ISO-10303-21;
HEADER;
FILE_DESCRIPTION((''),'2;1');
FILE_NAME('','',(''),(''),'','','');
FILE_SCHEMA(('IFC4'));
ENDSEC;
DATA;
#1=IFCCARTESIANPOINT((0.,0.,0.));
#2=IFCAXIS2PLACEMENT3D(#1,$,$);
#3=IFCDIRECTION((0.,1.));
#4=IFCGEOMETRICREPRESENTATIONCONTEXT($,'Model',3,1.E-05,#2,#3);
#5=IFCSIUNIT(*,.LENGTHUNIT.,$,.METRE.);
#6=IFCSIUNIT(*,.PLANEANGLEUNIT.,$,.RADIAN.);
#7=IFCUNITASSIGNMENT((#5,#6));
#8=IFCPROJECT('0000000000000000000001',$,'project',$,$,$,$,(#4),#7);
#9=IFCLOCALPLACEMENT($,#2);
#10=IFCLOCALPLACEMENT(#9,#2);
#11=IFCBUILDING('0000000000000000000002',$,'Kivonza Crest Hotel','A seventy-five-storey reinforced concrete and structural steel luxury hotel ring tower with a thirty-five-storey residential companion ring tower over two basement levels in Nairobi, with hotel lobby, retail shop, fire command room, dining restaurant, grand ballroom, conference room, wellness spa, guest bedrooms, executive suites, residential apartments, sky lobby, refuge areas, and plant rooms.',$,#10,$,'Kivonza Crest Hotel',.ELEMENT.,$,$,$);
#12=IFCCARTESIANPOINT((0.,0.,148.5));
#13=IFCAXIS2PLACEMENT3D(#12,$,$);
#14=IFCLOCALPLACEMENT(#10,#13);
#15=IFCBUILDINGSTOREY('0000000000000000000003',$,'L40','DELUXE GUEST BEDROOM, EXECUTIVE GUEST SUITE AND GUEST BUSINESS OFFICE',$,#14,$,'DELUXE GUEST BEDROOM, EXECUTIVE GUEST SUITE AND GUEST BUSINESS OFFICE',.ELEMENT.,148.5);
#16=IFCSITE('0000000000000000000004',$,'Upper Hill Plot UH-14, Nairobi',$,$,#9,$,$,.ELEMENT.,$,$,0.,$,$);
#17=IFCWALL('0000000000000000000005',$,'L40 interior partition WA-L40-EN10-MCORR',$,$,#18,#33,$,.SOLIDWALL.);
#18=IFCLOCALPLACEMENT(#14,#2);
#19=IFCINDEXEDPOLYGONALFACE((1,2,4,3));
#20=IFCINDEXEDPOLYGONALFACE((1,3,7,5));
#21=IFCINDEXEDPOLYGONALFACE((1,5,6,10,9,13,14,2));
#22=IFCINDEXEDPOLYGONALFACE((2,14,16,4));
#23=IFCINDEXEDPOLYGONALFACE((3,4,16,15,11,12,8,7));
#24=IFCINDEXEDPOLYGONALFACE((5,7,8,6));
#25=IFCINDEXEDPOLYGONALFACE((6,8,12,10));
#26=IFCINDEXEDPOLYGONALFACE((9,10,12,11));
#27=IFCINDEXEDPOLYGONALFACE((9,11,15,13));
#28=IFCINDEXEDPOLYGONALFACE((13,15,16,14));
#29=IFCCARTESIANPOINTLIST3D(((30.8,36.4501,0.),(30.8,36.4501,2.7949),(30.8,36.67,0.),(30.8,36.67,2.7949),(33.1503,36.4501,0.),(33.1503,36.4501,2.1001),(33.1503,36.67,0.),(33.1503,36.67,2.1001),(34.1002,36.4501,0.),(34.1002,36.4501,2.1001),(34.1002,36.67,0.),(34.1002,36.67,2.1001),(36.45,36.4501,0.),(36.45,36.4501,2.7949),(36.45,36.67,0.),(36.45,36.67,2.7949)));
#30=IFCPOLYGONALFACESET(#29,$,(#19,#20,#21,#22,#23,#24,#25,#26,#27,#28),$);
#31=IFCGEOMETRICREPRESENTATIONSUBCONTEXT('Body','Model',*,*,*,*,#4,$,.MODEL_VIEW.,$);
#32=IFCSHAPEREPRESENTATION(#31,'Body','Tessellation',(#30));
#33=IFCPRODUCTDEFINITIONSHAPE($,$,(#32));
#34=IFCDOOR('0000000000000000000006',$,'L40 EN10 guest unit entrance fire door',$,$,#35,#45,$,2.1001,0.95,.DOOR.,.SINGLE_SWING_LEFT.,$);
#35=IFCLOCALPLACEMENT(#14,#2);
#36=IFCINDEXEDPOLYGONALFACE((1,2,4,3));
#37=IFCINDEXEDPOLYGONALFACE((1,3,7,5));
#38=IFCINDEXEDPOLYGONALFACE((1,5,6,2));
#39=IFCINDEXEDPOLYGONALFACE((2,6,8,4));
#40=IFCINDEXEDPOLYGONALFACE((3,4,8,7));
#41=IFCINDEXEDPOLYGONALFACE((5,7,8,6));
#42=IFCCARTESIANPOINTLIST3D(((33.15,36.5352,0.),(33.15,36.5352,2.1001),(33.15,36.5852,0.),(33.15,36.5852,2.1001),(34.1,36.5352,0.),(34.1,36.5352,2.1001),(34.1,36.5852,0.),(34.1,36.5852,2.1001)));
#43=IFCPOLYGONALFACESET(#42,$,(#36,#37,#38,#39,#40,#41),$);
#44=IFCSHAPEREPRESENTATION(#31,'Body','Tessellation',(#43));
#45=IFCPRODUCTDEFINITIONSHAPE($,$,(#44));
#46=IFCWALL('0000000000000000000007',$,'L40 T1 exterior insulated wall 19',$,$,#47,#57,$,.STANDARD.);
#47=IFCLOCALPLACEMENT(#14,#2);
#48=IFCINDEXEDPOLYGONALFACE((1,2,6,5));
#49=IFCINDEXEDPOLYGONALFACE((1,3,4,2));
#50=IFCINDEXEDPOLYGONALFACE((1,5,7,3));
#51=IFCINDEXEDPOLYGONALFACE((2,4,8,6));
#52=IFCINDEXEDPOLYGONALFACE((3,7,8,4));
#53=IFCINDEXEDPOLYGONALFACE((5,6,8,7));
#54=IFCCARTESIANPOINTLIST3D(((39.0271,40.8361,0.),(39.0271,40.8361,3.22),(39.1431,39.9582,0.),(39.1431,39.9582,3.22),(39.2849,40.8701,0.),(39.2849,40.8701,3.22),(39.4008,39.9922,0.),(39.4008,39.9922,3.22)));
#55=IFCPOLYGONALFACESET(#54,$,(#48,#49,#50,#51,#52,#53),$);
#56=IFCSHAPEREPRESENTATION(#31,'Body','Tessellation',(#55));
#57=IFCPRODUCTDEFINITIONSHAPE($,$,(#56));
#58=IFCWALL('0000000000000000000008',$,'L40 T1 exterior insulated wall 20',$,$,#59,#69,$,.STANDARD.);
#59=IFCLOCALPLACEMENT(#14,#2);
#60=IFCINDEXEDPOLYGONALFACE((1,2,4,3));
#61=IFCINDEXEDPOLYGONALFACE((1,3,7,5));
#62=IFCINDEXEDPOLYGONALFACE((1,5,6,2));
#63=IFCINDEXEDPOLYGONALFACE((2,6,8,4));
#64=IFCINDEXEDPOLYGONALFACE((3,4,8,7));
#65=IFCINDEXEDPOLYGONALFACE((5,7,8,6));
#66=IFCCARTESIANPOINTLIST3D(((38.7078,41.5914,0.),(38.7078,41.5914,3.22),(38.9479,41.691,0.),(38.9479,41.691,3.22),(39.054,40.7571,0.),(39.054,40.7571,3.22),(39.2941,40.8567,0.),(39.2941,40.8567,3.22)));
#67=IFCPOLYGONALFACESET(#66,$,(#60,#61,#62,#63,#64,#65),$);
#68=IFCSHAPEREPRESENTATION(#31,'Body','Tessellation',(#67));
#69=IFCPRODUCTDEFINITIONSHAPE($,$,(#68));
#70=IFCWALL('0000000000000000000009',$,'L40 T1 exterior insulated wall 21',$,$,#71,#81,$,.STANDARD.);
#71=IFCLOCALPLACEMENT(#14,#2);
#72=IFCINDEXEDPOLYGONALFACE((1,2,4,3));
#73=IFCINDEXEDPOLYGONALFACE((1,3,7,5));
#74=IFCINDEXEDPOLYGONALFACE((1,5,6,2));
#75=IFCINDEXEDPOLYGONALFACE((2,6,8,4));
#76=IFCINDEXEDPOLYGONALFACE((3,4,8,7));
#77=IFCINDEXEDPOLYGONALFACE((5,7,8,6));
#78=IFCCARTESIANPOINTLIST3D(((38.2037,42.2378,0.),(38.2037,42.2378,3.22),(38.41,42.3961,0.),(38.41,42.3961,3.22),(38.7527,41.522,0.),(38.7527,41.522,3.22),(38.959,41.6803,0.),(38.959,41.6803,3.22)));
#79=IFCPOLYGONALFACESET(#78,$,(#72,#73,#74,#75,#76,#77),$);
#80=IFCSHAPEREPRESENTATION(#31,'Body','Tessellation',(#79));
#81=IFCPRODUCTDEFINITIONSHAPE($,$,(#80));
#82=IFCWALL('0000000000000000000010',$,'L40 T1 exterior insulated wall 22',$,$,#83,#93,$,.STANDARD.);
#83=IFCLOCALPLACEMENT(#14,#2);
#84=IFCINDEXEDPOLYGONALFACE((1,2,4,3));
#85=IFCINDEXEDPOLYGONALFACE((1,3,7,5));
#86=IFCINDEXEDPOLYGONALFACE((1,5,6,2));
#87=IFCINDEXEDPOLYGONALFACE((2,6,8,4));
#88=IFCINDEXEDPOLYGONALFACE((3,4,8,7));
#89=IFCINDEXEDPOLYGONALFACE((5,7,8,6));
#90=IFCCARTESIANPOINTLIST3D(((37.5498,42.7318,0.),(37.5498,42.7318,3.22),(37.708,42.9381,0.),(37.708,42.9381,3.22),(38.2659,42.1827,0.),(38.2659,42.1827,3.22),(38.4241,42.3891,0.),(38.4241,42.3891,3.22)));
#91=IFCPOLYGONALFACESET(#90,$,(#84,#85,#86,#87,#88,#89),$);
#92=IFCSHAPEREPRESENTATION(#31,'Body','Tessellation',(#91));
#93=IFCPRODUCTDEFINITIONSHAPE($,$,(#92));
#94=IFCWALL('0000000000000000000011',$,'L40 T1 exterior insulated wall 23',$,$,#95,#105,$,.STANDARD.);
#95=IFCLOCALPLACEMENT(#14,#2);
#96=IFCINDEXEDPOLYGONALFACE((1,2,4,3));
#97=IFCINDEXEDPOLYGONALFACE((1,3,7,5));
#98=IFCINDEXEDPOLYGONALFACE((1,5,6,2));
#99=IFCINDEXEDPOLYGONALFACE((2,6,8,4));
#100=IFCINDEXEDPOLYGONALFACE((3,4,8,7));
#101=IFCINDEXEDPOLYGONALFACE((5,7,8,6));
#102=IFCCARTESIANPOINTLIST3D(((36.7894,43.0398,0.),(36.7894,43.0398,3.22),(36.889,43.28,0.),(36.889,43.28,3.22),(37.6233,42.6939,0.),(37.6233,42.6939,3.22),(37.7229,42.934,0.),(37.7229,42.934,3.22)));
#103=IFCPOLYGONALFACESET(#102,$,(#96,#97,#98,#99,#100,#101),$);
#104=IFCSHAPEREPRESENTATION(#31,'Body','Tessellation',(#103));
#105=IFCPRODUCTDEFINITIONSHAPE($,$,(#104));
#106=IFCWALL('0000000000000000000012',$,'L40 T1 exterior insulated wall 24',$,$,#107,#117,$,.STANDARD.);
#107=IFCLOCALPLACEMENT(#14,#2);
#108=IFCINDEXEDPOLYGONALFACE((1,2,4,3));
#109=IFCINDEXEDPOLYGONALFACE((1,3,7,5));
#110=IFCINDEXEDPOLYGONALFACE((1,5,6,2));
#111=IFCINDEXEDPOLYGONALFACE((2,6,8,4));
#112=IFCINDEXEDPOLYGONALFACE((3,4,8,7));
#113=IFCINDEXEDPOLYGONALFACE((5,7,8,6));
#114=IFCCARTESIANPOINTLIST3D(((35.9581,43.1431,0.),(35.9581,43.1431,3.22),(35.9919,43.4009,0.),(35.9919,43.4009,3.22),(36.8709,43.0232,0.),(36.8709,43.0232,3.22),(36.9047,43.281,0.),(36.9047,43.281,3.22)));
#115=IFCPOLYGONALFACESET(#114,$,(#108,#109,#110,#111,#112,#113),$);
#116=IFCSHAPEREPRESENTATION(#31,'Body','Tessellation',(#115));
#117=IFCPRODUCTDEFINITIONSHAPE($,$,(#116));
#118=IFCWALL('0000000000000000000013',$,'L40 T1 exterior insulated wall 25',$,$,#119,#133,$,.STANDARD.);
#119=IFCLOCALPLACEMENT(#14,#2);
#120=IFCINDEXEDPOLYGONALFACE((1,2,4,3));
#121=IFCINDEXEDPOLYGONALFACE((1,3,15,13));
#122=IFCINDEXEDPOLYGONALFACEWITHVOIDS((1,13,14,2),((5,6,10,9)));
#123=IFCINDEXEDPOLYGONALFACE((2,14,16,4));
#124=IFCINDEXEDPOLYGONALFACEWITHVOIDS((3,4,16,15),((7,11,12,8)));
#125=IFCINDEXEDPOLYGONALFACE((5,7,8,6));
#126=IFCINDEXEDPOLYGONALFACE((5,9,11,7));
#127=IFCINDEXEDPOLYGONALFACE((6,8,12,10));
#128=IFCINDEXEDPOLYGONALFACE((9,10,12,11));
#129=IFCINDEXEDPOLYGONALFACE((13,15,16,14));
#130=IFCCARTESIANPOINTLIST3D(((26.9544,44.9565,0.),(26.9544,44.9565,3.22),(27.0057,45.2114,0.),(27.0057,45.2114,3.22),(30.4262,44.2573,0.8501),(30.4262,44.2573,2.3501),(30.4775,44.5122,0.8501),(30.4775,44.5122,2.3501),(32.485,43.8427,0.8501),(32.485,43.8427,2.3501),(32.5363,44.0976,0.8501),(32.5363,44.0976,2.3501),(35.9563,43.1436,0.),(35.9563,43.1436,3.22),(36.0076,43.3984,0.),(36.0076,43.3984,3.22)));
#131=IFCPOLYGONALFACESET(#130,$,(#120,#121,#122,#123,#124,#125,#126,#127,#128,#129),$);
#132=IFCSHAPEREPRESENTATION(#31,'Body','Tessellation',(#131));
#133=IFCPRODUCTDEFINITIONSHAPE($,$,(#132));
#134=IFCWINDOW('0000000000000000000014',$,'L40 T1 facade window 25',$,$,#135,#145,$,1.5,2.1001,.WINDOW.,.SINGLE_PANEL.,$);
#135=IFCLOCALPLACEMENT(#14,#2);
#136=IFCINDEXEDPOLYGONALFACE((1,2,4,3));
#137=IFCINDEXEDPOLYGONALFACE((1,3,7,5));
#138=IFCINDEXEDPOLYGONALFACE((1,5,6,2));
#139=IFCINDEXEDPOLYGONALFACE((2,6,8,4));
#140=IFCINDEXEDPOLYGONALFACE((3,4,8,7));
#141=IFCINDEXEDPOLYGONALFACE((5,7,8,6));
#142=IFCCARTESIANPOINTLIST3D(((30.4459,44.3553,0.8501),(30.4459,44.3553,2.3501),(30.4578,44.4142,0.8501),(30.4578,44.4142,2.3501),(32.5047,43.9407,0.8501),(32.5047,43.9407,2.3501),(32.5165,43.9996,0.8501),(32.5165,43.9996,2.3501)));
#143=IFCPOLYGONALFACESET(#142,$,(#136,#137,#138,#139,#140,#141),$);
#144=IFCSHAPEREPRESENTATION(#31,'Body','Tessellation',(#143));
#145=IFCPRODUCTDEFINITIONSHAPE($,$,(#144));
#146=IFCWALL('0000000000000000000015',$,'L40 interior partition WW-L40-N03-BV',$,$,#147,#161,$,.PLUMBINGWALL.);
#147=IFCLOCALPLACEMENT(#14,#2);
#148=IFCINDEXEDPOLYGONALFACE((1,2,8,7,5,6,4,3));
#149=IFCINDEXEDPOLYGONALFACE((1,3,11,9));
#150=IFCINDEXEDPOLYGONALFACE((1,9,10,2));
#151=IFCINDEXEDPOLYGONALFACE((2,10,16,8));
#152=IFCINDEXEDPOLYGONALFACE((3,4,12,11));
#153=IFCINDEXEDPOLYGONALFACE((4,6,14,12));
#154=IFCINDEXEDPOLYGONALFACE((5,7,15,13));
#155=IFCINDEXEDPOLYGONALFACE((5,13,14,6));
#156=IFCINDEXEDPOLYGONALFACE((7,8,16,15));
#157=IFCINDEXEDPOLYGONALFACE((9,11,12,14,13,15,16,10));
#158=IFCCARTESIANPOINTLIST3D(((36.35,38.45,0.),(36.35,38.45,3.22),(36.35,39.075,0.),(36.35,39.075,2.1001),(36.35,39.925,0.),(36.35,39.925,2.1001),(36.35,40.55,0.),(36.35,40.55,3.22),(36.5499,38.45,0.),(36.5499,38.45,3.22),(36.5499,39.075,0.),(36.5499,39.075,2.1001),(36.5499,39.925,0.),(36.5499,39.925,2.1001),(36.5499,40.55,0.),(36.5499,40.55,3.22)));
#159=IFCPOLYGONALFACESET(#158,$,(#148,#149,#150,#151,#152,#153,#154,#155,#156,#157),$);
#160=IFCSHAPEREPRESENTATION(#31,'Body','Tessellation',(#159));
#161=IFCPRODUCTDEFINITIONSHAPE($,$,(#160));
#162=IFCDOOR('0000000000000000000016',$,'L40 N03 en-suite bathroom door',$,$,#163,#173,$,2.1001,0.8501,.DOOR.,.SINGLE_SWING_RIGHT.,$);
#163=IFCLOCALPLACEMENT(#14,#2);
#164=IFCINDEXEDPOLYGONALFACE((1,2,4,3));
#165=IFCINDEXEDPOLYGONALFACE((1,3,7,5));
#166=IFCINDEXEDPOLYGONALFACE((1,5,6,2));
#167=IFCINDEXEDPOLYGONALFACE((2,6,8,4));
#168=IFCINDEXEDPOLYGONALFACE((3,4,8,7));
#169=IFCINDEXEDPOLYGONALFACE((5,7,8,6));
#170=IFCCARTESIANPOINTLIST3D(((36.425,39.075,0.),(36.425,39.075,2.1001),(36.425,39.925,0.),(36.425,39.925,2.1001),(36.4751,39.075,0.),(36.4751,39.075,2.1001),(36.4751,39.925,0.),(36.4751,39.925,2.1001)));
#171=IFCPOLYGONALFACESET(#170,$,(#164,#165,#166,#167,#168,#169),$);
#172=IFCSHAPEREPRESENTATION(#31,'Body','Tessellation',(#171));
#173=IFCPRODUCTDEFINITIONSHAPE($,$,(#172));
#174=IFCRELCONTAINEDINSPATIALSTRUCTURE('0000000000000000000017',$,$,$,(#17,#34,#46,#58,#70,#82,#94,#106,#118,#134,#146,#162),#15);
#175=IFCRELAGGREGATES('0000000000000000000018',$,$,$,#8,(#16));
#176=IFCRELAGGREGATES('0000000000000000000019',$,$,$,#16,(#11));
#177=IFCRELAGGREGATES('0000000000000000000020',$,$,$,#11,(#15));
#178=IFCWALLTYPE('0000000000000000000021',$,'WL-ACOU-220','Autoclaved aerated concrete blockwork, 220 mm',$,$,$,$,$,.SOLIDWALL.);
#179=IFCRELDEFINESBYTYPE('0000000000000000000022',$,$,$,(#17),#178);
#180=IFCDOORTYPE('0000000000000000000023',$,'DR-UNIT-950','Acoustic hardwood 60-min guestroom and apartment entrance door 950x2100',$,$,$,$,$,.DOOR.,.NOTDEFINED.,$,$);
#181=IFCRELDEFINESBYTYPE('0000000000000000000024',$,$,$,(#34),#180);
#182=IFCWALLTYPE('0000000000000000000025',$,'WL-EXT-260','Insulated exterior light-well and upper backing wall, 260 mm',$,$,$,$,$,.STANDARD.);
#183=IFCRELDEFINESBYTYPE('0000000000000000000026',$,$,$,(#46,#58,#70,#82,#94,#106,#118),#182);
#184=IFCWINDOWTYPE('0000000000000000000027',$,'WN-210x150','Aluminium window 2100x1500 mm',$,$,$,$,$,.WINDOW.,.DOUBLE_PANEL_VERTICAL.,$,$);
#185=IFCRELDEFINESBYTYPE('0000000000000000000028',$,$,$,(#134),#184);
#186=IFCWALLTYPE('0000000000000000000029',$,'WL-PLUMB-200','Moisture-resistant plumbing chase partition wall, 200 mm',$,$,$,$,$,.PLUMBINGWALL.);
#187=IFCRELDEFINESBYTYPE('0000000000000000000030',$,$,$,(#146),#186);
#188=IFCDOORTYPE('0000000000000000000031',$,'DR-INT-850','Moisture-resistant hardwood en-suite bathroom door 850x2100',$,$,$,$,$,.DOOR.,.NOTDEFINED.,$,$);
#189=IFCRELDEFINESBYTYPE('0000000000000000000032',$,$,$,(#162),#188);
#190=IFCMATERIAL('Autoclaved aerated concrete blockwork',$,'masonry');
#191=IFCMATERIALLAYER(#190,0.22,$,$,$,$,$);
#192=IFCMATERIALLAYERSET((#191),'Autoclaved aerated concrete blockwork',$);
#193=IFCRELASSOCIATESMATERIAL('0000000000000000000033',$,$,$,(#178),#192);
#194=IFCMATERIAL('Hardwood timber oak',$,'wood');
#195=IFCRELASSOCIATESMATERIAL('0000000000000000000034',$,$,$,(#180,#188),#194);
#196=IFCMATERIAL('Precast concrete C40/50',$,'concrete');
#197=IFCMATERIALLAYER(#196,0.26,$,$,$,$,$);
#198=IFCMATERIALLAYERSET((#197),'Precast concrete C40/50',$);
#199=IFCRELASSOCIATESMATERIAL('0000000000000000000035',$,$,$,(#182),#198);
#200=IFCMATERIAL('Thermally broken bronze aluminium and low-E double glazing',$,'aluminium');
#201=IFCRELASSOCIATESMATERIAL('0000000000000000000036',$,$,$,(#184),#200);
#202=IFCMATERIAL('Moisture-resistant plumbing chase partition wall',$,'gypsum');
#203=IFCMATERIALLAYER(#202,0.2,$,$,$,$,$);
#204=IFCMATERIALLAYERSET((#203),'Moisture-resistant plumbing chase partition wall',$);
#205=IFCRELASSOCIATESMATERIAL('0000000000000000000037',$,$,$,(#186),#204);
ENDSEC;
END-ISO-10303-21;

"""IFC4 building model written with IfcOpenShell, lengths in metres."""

from ifc_helpers import new_model, si_unit, direction, frame, frame_2d, origin, place, context, subcontext, project, spatial, rectangle, extrude, material, layer, layer_set, type_object, element, fill, save


model = new_model("IFC4")

# Units and contexts
model_context = context("Model", 3, precision=1e-05, world=origin(), true_north=direction((0.0, 1.0)))
body_context = subcontext(model_context, "Body", "Model", "MODEL_VIEW")
ifc_project = project(units=[si_unit("LENGTHUNIT", "METRE"), si_unit("PLANEANGLEUNIT", "RADIAN")], contexts=[model_context])

# Site, building, storey
site_placement = place(None, origin())
site = spatial("IfcSite", under=ifc_project, at=site_placement, Name="Upper Hill Plot UH-14, Nairobi", CompositionType="ELEMENT", RefElevation=0.0)
building_placement = place(site_placement, origin())
building = spatial("IfcBuilding", under=site, at=building_placement, Name="Kivonza Crest Hotel", Description="A seventy-five-storey reinforced concrete and structural steel luxury hotel ring tower with a thirty-five-storey residential companion ring tower over two basement levels in Nairobi, with hotel lobby, retail shop, fire command room, dining restaurant, grand ballroom, conference room, wellness spa, guest bedrooms, executive suites, residential apartments, sky lobby, refuge areas, and plant rooms.", LongName="Kivonza Crest Hotel", CompositionType="ELEMENT")
storey_placement = place(building_placement, frame((0.0, 0.0, 148.5)))
storey = spatial("IfcBuildingStorey", under=building, at=storey_placement, Name="L40", Description="DELUXE GUEST BEDROOM, EXECUTIVE GUEST SUITE AND GUEST BUSINESS OFFICE", LongName="DELUXE GUEST BEDROOM, EXECUTIVE GUEST SUITE AND GUEST BUSINESS OFFICE", CompositionType="ELEMENT", Elevation=148.5)

# Shared definitions
ifc_material_1 = material(Name="Autoclaved aerated concrete blockwork", Category="masonry")
ifc_layer_1 = layer(ifc_material_1, 0.22)
ifc_layer_set_1 = layer_set([ifc_layer_1], Name="Autoclaved aerated concrete blockwork")
wall_type_1 = type_object("IfcWallType", Name="WL-ACOU-220", Description="Autoclaved aerated concrete blockwork, 220 mm", PredefinedType="SOLIDWALL", material=ifc_layer_set_1)

# Wall, opening, door
wall_1_placement = place(storey_placement, frame((30.8, 36.5601, 0.0), z_axis=(0.0, 0.0, 1.0), x_axis=(1.0, 0.0, 0.0)))
wall_1 = element("IfcWall", 1, at=wall_1_placement, inside=storey, type_object=wall_type_1, Name="L40 interior partition WA-L40-EN10-MCORR", PredefinedType="SOLIDWALL", context=body_context, shape_type="SweptSolid", body=[
    extrude(rectangle(XDim=5.6499, YDim=0.22, at=frame_2d((2.825, 0.0))), origin(), (0.0, 0.0, 1.0), 2.7949),
])
opening_1_placement = place(wall_1_placement, frame((2.3501, 0.0, 0.0)))
opening_1 = element("IfcOpeningElement", 2, at=opening_1_placement, cuts=wall_1, PredefinedType="OPENING", context=body_context, shape_type="SweptSolid", body=[
    extrude(rectangle(XDim=0.95, YDim=2.1001, at=frame_2d((0.4751, 1.05))), frame((0.0, 0.1201, 0.0), z_axis=(0.0, -1.0, 0.0), x_axis=(1.0, 0.0, 0.0)), (0.0, 0.0, 1.0), 0.24),
])
ifc_material_2 = material(Name="Hardwood timber oak", Category="wood")
door_type_1 = type_object("IfcDoorType", Name="DR-UNIT-950", Description="Acoustic hardwood 60-min guestroom and apartment entrance door 950x2100", OperationType="NOTDEFINED", PredefinedType="DOOR", material=ifc_material_2)
door_1_placement = place(opening_1_placement, frame((0.95, 0.0, 0.0), z_axis=(0.0, 0.0, 1.0), x_axis=(-1.0, 0.0, 0.0)))
door_1 = element("IfcDoor", 3, at=door_1_placement, inside=storey, type_object=door_type_1, Name="L40 EN10 guest unit entrance fire door", OperationType="SINGLE_SWING_LEFT", OverallHeight=2.1001, OverallWidth=0.95, PredefinedType="DOOR", context=body_context, shape_type="SweptSolid", body=[
    extrude(rectangle(XDim=0.95, YDim=2.1001, at=frame_2d((0.4751, 1.05))), frame((0.0, 0.0249, 0.0), z_axis=(0.0, -1.0, 0.0), x_axis=(1.0, 0.0, 0.0)), (0.0, 0.0, 1.0), 0.05),
])
fill(opening_1, door_1)

# Walls
ifc_material_3 = material(Name="Precast concrete C40/50", Category="concrete")
ifc_layer_2 = layer(ifc_material_3, 0.26)
ifc_layer_set_2 = layer_set([ifc_layer_2], Name="Precast concrete C40/50")
wall_type_2 = type_object("IfcWallType", Name="WL-EXT-260", Description="Insulated exterior light-well and upper backing wall, 260 mm", PredefinedType="STANDARD", material=ifc_layer_set_2)
wall_2_placement = place(storey_placement, frame((39.272, 39.9751, 0.0), z_axis=(0.0, 0.0, 1.0), x_axis=(-0.130954, 0.991388, 0.0)))
element("IfcWall", 4, at=wall_2_placement, inside=storey, type_object=wall_type_2, Name="L40 T1 exterior insulated wall 19", PredefinedType="STANDARD", context=body_context, shape_type="SweptSolid", body=[
    extrude(rectangle(XDim=0.8855, YDim=0.26, at=frame_2d((0.4429, 0.0))), origin(), (0.0, 0.0, 1.0), 3.22),
])
wall_3_placement = place(storey_placement, frame((39.1741, 40.8069, 0.0), z_axis=(0.0, 0.0, 1.0), x_axis=(-0.383291, 0.923628, 0.0)))
element("IfcWall", 5, at=wall_3_placement, inside=storey, type_object=wall_type_2, Name="L40 T1 exterior insulated wall 20", PredefinedType="STANDARD", context=body_context, shape_type="SweptSolid", body=[
    extrude(rectangle(XDim=0.9033, YDim=0.26, at=frame_2d((0.4517, 0.0))), origin(), (0.0, 0.0, 1.0), 3.22),
])
wall_4_placement = place(storey_placement, frame((38.856, 41.6011, 0.0), z_axis=(0.0, 0.0, 1.0), x_axis=(-0.608625, 0.793458, 0.0)))
element("IfcWall", 6, at=wall_4_placement, inside=storey, type_object=wall_type_2, Name="L40 T1 exterior insulated wall 21", PredefinedType="STANDARD", context=body_context, shape_type="SweptSolid", body=[
    extrude(rectangle(XDim=0.9021, YDim=0.26, at=frame_2d((0.4512, 0.0))), origin(), (0.0, 0.0, 1.0), 3.22),
])
wall_5_placement = place(storey_placement, frame((38.345, 42.2859, 0.0), z_axis=(0.0, 0.0, 1.0), x_axis=(-0.793558, 0.608494, 0.0)))
element("IfcWall", 7, at=wall_5_placement, inside=storey, type_object=wall_type_2, Name="L40 T1 exterior insulated wall 22", PredefinedType="STANDARD", context=body_context, shape_type="SweptSolid", body=[
    extrude(rectangle(XDim=0.9023, YDim=0.26, at=frame_2d((0.4512, 0.0))), origin(), (0.0, 0.0, 1.0), 3.22),
])
wall_6_placement = place(storey_placement, frame((37.6731, 42.814, 0.0), z_axis=(0.0, 0.0, 1.0), x_axis=(-0.923684, 0.383156, 0.0)))
element("IfcWall", 8, at=wall_6_placement, inside=storey, type_object=wall_type_2, Name="L40 T1 exterior insulated wall 23", PredefinedType="STANDARD", context=body_context, shape_type="SweptSolid", body=[
    extrude(rectangle(XDim=0.9028, YDim=0.26, at=frame_2d((0.4514, 0.0))), origin(), (0.0, 0.0, 1.0), 3.22),
])
wall_7_placement = place(storey_placement, frame((36.8879, 43.1521, 0.0), z_axis=(0.0, 0.0, 1.0), x_axis=(-0.991488, 0.130201, 0.0)))
element("IfcWall", 9, at=wall_7_placement, inside=storey, type_object=wall_type_2, Name="L40 T1 exterior insulated wall 24", PredefinedType="STANDARD", context=body_context, shape_type="SweptSolid", body=[
    extrude(rectangle(XDim=0.9207, YDim=0.26, at=frame_2d((0.4604, 0.0))), origin(), (0.0, 0.0, 1.0), 3.22),
])

# Wall, opening, window
wall_8_placement = place(storey_placement, frame((35.9819, 43.271, 0.0), z_axis=(0.0, 0.0, 1.0), x_axis=(-0.980316, 0.197435, 0.0)))
wall_8 = element("IfcWall", 10, at=wall_8_placement, inside=storey, type_object=wall_type_2, Name="L40 T1 exterior insulated wall 25", PredefinedType="STANDARD", context=body_context, shape_type="SweptSolid", body=[
    extrude(rectangle(XDim=9.1826, YDim=0.26, at=frame_2d((4.5913, 0.0))), origin(), (0.0, 0.0, 1.0), 3.22),
])
opening_2_placement = place(wall_8_placement, frame((3.541, 0.0, 0.8501)))
opening_2 = element("IfcOpeningElement", 11, at=opening_2_placement, cuts=wall_8, PredefinedType="OPENING", context=body_context, shape_type="SweptSolid", body=[
    extrude(rectangle(XDim=2.1001, YDim=1.5, at=frame_2d((1.05, 0.75))), frame((0.0, 0.1401, 0.0), z_axis=(0.0, -1.0, 0.0), x_axis=(1.0, 0.0, 0.0)), (0.0, 0.0, 1.0), 0.28),
])
ifc_material_4 = material(Name="Thermally broken bronze aluminium and low-E double glazing", Category="aluminium")
window_type = type_object("IfcWindowType", Name="WN-210x150", Description="Aluminium window 2100x1500 mm", PartitioningType="DOUBLE_PANEL_VERTICAL", PredefinedType="WINDOW", material=ifc_material_4)
window_placement = place(opening_2_placement, origin())
window = element("IfcWindow", 12, at=window_placement, inside=storey, type_object=window_type, Name="L40 T1 facade window 25", OverallHeight=1.5, OverallWidth=2.1001, PartitioningType="SINGLE_PANEL", PredefinedType="WINDOW", context=body_context, shape_type="SweptSolid", body=[
    extrude(rectangle(XDim=2.1001, YDim=1.5, at=frame_2d((1.05, 0.75))), frame((0.0, 0.03, 0.0), z_axis=(0.0, -1.0, 0.0), x_axis=(1.0, 0.0, 0.0)), (0.0, 0.0, 1.0), 0.0601),
])
fill(opening_2, window)

# Wall, opening, door
ifc_material_5 = material(Name="Moisture-resistant plumbing chase partition wall", Category="gypsum")
ifc_layer_3 = layer(ifc_material_5, 0.2)
ifc_layer_set_3 = layer_set([ifc_layer_3], Name="Moisture-resistant plumbing chase partition wall")
wall_type_3 = type_object("IfcWallType", Name="WL-PLUMB-200", Description="Moisture-resistant plumbing chase partition wall, 200 mm", PredefinedType="PLUMBINGWALL", material=ifc_layer_set_3)
wall_9_placement = place(storey_placement, frame((36.45, 38.45, 0.0), z_axis=(0.0, 0.0, 1.0), x_axis=(0.0, 1.0, 0.0)))
wall_9 = element("IfcWall", 13, at=wall_9_placement, inside=storey, type_object=wall_type_3, Name="L40 interior partition WW-L40-N03-BV", PredefinedType="PLUMBINGWALL", context=body_context, shape_type="SweptSolid", body=[
    extrude(rectangle(XDim=2.1001, YDim=0.2, at=frame_2d((1.05, 0.0))), origin(), (0.0, 0.0, 1.0), 3.22),
])
opening_3_placement = place(wall_9_placement, frame((0.625, 0.0, 0.0)))
opening_3 = element("IfcOpeningElement", 14, at=opening_3_placement, cuts=wall_9, PredefinedType="OPENING", context=body_context, shape_type="SweptSolid", body=[
    extrude(rectangle(XDim=0.8501, YDim=2.1001, at=frame_2d((0.425, 1.05))), frame((0.0, 0.1099, 0.0), z_axis=(0.0, -1.0, 0.0), x_axis=(1.0, 0.0, 0.0)), (0.0, 0.0, 1.0), 0.22),
])
door_type_2 = type_object("IfcDoorType", Name="DR-INT-850", Description="Moisture-resistant hardwood en-suite bathroom door 850x2100", OperationType="NOTDEFINED", PredefinedType="DOOR", material=ifc_material_2)
door_2_placement = place(opening_3_placement, origin())
door_2 = element("IfcDoor", 15, at=door_2_placement, inside=storey, type_object=door_type_2, Name="L40 N03 en-suite bathroom door", OperationType="SINGLE_SWING_RIGHT", OverallHeight=2.1001, OverallWidth=0.8501, PredefinedType="DOOR", context=body_context, shape_type="SweptSolid", body=[
    extrude(rectangle(XDim=0.8501, YDim=2.1001, at=frame_2d((0.425, 1.05))), frame((0.0, 0.0249, 0.0), z_axis=(0.0, -1.0, 0.0), x_axis=(1.0, 0.0, 0.0)), (0.0, 0.0, 1.0), 0.05),
])
fill(opening_3, door_2)

save(model, "model.ifc")
